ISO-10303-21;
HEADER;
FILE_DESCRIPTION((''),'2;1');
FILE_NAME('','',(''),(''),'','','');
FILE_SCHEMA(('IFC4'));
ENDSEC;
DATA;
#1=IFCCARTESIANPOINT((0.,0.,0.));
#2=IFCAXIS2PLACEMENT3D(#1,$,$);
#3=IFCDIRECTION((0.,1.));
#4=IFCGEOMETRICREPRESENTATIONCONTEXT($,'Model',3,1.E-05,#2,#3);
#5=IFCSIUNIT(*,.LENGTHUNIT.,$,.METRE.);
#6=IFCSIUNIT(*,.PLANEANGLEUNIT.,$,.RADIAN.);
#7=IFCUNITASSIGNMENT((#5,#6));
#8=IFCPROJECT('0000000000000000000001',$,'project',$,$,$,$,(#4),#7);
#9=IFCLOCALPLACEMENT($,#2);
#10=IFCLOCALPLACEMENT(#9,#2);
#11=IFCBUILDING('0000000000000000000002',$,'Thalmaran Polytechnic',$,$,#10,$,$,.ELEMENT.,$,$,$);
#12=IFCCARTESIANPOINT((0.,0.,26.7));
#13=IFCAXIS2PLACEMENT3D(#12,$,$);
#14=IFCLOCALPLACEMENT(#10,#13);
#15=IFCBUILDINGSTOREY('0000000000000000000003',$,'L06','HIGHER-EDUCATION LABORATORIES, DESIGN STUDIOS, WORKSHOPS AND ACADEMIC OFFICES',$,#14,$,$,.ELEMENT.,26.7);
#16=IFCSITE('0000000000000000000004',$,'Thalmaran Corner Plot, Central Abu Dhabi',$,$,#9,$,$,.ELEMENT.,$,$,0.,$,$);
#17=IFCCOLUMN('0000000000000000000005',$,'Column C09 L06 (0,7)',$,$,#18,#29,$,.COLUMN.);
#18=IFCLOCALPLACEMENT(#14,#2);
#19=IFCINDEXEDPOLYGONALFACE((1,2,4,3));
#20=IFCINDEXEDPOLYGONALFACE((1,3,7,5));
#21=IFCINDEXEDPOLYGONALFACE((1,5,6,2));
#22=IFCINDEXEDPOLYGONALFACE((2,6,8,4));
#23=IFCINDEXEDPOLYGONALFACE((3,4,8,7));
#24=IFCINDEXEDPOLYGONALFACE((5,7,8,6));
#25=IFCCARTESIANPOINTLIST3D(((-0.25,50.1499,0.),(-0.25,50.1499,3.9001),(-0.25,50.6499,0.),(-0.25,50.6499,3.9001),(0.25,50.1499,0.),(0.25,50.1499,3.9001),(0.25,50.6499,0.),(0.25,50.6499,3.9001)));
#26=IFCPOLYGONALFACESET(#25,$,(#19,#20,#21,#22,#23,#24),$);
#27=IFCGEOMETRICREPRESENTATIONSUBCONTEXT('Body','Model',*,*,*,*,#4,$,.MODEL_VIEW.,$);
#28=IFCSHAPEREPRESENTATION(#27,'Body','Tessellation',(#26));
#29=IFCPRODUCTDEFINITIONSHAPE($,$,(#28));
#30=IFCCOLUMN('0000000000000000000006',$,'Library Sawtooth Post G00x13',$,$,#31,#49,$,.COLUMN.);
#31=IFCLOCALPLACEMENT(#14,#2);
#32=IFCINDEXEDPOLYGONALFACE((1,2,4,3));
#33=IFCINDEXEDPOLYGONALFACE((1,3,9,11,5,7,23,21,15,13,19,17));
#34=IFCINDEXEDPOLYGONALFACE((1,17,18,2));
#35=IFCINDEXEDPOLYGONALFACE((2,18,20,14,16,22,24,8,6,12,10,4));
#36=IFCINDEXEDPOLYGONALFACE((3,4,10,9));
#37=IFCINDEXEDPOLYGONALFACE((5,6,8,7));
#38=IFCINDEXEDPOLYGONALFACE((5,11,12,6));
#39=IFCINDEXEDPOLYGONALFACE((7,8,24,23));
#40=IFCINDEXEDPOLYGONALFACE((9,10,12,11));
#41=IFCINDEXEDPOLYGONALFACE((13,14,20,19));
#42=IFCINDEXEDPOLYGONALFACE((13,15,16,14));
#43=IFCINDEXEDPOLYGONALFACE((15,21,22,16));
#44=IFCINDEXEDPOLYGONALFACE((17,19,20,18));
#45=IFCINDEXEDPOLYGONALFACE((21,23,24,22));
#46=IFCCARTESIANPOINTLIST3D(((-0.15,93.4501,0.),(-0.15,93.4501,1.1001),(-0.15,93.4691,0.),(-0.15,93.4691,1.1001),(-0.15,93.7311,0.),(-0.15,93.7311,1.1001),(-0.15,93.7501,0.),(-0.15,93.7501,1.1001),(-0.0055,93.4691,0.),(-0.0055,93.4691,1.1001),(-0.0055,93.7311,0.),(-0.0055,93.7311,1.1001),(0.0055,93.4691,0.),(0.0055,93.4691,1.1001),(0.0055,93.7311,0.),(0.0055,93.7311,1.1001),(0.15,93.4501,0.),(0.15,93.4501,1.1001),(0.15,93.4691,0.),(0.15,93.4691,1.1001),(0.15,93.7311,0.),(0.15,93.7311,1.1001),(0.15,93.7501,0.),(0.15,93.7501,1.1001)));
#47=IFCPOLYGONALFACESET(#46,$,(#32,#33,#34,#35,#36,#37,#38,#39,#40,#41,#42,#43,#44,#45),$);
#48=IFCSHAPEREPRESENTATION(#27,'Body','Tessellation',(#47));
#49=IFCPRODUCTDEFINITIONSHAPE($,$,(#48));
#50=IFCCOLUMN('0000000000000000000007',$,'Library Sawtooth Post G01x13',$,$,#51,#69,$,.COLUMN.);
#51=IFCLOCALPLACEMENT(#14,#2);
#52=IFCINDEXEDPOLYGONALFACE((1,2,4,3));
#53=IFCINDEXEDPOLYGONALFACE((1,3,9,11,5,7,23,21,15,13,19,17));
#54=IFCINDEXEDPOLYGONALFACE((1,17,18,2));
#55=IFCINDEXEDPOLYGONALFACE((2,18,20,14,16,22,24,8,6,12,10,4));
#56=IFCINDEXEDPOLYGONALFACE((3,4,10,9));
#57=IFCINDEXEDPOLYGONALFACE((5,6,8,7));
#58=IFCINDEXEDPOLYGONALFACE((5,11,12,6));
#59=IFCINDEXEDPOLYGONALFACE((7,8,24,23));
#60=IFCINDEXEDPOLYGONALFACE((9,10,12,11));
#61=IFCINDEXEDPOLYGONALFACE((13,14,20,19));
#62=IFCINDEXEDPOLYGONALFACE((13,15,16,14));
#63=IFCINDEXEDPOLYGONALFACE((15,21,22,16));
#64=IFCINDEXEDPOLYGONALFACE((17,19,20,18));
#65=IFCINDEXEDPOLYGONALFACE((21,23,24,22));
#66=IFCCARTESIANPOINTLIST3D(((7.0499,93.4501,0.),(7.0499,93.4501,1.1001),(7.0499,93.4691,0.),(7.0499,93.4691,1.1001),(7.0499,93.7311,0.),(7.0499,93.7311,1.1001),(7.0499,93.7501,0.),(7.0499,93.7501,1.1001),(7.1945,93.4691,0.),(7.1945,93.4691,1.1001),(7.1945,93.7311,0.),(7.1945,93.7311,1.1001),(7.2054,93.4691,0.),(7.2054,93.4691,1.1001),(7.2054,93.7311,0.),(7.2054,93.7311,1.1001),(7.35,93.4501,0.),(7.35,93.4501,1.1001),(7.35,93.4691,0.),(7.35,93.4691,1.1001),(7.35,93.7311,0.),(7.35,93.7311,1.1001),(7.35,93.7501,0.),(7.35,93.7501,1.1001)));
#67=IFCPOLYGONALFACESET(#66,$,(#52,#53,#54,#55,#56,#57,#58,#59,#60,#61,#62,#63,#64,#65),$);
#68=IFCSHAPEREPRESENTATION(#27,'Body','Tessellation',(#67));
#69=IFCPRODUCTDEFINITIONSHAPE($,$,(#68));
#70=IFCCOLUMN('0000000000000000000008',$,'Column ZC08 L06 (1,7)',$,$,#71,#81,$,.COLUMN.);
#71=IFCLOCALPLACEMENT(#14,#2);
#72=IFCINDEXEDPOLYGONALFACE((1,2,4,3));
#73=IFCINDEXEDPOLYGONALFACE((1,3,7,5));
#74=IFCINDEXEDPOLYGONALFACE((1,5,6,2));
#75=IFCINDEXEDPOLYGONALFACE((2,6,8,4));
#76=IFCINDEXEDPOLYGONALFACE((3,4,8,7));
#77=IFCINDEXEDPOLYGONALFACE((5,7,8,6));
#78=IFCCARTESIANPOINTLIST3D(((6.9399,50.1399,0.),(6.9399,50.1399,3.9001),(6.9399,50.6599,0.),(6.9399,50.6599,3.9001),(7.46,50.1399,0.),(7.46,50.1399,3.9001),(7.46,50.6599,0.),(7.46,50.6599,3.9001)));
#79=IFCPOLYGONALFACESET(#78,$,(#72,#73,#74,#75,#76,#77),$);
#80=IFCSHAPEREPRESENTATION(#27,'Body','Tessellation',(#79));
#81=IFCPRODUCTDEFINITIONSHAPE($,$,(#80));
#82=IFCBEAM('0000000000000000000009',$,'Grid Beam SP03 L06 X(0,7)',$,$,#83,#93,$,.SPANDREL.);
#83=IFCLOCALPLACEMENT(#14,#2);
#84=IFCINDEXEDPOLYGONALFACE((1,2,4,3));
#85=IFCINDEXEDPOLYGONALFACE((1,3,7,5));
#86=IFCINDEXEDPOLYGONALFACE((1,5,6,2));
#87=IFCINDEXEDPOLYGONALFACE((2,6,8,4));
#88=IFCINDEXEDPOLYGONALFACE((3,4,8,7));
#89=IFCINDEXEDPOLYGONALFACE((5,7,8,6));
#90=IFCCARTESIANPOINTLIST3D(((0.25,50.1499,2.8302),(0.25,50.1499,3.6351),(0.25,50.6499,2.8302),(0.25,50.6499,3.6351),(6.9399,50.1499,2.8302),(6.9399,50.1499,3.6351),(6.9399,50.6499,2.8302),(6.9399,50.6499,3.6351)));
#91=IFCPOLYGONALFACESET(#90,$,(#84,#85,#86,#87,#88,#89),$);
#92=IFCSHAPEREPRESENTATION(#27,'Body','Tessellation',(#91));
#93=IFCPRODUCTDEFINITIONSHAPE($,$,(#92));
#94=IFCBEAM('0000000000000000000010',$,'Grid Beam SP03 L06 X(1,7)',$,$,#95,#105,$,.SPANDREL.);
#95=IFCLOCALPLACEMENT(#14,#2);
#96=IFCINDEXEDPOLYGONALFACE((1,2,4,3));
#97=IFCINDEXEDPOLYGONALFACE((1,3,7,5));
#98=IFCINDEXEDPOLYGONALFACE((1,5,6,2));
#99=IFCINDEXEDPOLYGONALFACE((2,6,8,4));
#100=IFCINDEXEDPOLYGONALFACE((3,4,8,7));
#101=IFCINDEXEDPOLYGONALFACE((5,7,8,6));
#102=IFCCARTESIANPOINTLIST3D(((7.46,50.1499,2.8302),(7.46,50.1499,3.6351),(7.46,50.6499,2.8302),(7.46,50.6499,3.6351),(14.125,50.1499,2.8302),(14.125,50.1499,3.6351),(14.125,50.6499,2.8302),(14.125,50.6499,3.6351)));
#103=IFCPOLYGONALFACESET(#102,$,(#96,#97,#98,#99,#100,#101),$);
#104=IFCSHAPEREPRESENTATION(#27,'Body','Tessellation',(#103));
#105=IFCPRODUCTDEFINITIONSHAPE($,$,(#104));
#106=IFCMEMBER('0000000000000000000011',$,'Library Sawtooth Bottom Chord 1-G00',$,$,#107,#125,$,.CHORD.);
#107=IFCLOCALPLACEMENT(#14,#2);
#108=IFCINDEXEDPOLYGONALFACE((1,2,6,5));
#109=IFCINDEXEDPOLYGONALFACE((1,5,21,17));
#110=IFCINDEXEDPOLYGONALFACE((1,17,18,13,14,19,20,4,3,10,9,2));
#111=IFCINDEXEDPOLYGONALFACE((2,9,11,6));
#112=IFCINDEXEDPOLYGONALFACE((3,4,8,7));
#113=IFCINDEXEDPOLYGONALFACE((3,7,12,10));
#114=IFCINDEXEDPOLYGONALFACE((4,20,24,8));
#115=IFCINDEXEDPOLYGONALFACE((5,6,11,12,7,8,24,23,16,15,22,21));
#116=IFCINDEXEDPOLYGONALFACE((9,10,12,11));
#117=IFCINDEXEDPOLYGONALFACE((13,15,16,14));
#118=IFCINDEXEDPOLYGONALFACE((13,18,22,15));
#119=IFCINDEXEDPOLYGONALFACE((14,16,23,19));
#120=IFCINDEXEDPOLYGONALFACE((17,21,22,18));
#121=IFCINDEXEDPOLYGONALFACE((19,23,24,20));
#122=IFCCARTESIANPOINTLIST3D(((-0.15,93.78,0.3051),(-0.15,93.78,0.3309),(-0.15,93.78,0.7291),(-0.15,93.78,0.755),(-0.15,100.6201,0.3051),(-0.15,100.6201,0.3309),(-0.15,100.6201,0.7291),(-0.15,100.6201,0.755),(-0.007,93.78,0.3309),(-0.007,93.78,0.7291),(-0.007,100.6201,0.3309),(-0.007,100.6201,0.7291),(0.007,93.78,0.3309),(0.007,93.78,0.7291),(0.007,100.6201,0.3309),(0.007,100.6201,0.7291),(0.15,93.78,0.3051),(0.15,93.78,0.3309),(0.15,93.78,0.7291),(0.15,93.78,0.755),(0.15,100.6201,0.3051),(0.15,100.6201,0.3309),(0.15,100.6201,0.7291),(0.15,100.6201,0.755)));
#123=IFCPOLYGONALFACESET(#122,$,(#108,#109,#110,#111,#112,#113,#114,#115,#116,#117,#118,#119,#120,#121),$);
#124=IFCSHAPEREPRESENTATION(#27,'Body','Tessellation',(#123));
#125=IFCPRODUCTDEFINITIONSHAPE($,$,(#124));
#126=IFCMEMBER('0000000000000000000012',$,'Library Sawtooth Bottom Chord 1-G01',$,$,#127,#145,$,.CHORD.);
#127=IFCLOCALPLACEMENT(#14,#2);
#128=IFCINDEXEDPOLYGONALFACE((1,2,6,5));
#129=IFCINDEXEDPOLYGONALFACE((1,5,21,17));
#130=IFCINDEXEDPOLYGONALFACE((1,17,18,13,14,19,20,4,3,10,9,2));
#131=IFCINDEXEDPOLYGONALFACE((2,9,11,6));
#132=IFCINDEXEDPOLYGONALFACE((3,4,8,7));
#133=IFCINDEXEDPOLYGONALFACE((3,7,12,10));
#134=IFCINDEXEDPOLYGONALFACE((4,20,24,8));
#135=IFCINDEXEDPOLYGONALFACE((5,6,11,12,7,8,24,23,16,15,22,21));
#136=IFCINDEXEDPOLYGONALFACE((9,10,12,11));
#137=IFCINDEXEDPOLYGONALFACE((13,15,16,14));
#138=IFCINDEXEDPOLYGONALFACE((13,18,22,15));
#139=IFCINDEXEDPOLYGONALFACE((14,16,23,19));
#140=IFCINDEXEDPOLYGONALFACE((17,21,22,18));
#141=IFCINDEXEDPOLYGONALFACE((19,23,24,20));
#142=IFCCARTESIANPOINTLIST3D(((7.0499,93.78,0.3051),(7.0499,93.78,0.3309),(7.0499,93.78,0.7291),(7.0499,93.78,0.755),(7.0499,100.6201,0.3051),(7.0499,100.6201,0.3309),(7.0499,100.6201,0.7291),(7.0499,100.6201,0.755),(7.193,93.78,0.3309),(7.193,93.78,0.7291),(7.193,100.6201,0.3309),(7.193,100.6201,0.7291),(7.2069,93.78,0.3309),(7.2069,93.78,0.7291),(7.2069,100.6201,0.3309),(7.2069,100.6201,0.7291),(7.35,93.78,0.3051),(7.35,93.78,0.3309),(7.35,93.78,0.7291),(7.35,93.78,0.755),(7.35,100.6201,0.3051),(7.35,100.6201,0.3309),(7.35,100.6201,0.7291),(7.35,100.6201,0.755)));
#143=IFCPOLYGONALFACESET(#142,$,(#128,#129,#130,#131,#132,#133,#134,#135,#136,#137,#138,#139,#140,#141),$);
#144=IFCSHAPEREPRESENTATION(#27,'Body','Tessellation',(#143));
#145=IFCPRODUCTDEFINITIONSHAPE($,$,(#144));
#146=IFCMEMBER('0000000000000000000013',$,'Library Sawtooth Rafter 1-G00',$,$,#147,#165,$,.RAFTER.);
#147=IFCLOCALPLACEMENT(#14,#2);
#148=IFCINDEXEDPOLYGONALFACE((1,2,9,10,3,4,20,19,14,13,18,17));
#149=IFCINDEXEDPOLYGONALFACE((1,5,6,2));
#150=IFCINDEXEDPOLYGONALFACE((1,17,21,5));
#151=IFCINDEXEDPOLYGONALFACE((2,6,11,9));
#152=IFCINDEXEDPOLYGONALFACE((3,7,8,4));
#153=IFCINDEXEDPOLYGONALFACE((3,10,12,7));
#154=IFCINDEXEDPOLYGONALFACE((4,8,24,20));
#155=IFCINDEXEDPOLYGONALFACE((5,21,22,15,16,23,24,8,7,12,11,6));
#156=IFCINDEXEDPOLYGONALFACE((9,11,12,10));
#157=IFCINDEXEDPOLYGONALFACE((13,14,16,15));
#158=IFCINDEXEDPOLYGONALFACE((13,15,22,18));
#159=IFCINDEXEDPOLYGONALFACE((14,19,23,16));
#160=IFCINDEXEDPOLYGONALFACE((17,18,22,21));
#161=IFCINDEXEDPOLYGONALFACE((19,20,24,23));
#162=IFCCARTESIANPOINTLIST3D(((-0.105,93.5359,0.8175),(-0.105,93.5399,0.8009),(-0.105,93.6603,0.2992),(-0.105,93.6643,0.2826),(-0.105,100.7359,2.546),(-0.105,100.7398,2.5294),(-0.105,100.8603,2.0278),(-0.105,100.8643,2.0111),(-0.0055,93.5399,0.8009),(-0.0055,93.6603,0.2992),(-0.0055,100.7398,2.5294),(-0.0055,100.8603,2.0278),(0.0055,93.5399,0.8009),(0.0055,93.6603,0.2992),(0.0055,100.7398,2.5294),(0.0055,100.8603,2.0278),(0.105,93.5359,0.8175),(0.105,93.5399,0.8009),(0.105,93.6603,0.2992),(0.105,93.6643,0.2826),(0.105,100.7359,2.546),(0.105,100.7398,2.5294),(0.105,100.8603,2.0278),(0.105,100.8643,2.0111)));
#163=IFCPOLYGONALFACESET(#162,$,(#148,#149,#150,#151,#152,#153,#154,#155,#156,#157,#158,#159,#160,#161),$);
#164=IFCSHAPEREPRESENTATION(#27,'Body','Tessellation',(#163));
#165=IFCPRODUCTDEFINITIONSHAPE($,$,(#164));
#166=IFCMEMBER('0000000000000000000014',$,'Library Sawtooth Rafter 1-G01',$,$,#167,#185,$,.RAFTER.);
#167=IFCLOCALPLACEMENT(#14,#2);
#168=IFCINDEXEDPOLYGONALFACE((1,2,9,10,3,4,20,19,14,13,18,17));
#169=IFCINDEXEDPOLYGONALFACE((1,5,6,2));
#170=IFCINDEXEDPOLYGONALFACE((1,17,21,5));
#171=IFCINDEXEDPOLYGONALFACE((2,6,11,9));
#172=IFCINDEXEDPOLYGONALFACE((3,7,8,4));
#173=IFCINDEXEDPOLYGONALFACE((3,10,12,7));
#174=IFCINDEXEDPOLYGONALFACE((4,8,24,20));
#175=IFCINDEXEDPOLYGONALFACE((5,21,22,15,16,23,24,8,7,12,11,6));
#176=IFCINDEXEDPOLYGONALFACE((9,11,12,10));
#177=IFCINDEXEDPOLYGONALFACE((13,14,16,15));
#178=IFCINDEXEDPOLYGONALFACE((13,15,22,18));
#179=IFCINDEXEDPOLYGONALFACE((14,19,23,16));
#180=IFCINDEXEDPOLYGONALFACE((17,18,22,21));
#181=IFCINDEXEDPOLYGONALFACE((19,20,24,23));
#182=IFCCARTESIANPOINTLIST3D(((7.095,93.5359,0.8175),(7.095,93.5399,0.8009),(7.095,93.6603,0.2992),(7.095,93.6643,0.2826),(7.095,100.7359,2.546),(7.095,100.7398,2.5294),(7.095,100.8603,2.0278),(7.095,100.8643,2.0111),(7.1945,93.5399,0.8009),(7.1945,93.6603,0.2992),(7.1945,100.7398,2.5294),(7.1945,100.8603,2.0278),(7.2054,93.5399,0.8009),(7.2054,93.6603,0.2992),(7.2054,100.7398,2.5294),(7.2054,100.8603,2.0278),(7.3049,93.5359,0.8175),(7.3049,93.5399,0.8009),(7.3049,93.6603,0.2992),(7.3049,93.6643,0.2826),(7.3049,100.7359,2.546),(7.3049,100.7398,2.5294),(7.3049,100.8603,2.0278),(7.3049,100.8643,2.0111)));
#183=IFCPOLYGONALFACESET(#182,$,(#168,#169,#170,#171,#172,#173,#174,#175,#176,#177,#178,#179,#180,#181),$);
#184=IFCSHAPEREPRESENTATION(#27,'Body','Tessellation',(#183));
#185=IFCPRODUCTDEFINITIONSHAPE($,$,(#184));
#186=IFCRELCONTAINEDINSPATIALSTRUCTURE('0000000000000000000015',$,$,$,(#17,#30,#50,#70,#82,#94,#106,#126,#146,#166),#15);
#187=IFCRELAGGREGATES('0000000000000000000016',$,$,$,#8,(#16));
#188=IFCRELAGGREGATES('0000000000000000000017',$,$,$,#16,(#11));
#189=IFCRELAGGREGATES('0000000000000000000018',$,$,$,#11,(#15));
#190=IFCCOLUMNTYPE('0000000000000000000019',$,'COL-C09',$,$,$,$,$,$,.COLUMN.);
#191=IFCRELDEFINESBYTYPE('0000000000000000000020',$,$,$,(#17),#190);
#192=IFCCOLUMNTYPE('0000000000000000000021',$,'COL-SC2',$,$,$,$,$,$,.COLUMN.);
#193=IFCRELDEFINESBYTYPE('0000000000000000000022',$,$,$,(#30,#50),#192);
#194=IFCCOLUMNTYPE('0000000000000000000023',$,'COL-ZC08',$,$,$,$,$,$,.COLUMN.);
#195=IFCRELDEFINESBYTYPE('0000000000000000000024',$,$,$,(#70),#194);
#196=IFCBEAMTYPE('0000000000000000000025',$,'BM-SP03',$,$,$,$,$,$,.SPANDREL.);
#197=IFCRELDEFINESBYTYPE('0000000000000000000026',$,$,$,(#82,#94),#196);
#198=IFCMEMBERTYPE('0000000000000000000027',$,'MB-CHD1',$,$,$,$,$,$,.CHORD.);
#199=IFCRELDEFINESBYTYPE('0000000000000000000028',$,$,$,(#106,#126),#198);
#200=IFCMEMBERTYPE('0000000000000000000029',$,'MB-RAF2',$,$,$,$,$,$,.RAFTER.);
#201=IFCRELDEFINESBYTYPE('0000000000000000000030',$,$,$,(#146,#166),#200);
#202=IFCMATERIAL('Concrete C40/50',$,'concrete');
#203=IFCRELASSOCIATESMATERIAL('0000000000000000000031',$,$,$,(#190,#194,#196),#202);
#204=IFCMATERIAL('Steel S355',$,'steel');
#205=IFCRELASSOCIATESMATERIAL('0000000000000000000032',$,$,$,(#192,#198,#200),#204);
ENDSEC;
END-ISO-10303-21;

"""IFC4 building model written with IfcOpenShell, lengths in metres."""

from ifc_helpers import new_model, si_unit, direction, frame, origin, origin_2d, place, context, subcontext, project, spatial, rectangle, i_section, extrude, material, material_profile, profile_set, type_object, element, save


model = new_model("IFC4")

# Units and contexts
model_context = context("Model", 3, precision=1e-05, world=origin(), true_north=direction((0.0, 1.0)))
body_context = subcontext(model_context, "Body", "Model", "MODEL_VIEW")
ifc_project = project(units=[si_unit("LENGTHUNIT", "METRE"), si_unit("PLANEANGLEUNIT", "RADIAN")], contexts=[model_context])

# Site, building, storey
site_placement = place(None, origin())
site = spatial("IfcSite", under=ifc_project, at=site_placement, Name="Thalmaran Corner Plot, Central Abu Dhabi", CompositionType="ELEMENT", RefElevation=0.0)
building_placement = place(site_placement, origin())
building = spatial("IfcBuilding", under=site, at=building_placement, Name="Thalmaran Polytechnic", CompositionType="ELEMENT")
storey_placement = place(building_placement, frame((0.0, 0.0, 26.7)))
storey = spatial("IfcBuildingStorey", under=building, at=storey_placement, Name="L06", Description="HIGHER-EDUCATION LABORATORIES, DESIGN STUDIOS, WORKSHOPS AND ACADEMIC OFFICES", CompositionType="ELEMENT", Elevation=26.7)

# Columns
ifc_material_1 = material(Name="Concrete C40/50", Category="concrete")
ifc_material_profile_1 = material_profile(ifc_material_1, rectangle(XDim=0.5, YDim=0.5, at=origin_2d()), Name="RC 500x500")
ifc_profile_set_1 = profile_set([ifc_material_profile_1], Name="Concrete C40/50")
column_type_1 = type_object("IfcColumnType", Name="COL-C09", PredefinedType="COLUMN", material=ifc_profile_set_1)
column_1_placement = place(storey_placement, frame((0.0, 50.3999, 0.0), z_axis=(0.0, 0.0, 1.0), x_axis=(1.0, 0.0, 0.0)))
element("IfcColumn", 1, at=column_1_placement, inside=storey, type_object=column_type_1, Name="Column C09 L06 (0,7)", PredefinedType="COLUMN", context=body_context, shape_type="SweptSolid", body=[
    extrude(rectangle(XDim=0.5, YDim=0.5, at=origin_2d()), origin(), (0.0, 0.0, 1.0), 3.9001),
])
ifc_material_2 = material(Name="Steel S355", Category="steel")
ifc_material_profile_2 = material_profile(ifc_material_2, i_section(OverallWidth=0.3, OverallDepth=0.3, WebThickness=0.011, FlangeThickness=0.019, at=origin_2d()), Name="HEB 300")
ifc_profile_set_2 = profile_set([ifc_material_profile_2], Name="Steel S355")
column_type_2 = type_object("IfcColumnType", Name="COL-SC2", PredefinedType="COLUMN", material=ifc_profile_set_2)
for number, where, z_axis, x_axis, name in (
    (2, (0.0, 93.6001, 0.0), (0.0, 0.0, 1.0), (1.0, 0.0, 0.0), "Library Sawtooth Post G00x13"),
    (3, (7.2, 93.6001, 0.0), (0.0, 0.0, 1.0), (1.0, 0.0, 0.0), "Library Sawtooth Post G01x13"),
):
    element("IfcColumn", number, at=place(storey_placement, frame(where, z_axis=z_axis, x_axis=x_axis)), inside=storey, type_object=column_type_2, Name=name, PredefinedType="COLUMN", context=body_context, shape_type="SweptSolid", body=[
        extrude(i_section(OverallWidth=0.3, OverallDepth=0.3, WebThickness=0.011, FlangeThickness=0.019, at=origin_2d()), origin(), (0.0, 0.0, 1.0), 1.1001),
    ])
ifc_material_profile_3 = material_profile(ifc_material_1, rectangle(XDim=0.52, YDim=0.52, at=origin_2d()), Name="RC 520x520")
ifc_profile_set_3 = profile_set([ifc_material_profile_3], Name="Concrete C40/50")
column_type_3 = type_object("IfcColumnType", Name="COL-ZC08", PredefinedType="COLUMN", material=ifc_profile_set_3)
column_2_placement = place(storey_placement, frame((7.2, 50.3999, 0.0), z_axis=(0.0, 0.0, 1.0), x_axis=(1.0, 0.0, 0.0)))
element("IfcColumn", 4, at=column_2_placement, inside=storey, type_object=column_type_3, Name="Column ZC08 L06 (1,7)", PredefinedType="COLUMN", context=body_context, shape_type="SweptSolid", body=[
    extrude(rectangle(XDim=0.52, YDim=0.52, at=origin_2d()), origin(), (0.0, 0.0, 1.0), 3.9001),
])

# Beams
ifc_material_profile_4 = material_profile(ifc_material_1, rectangle(XDim=0.5, YDim=0.8049, at=origin_2d()), Name="RC 500x805")
ifc_profile_set_4 = profile_set([ifc_material_profile_4], Name="Concrete C40/50")
beam_type = type_object("IfcBeamType", Name="BM-SP03", PredefinedType="SPANDREL", material=ifc_profile_set_4)
beam_1_placement = place(storey_placement, frame((0.25, 50.3999, 3.2327), z_axis=(1.0, 0.0, 0.0), x_axis=(0.0, 1.0, 0.0)))
element("IfcBeam", 5, at=beam_1_placement, inside=storey, type_object=beam_type, Name="Grid Beam SP03 L06 X(0,7)", PredefinedType="SPANDREL", context=body_context, shape_type="SweptSolid", body=[
    extrude(rectangle(XDim=0.5, YDim=0.8049, at=origin_2d()), origin(), (0.0, 0.0, 1.0), 6.6899),
])
beam_2_placement = place(storey_placement, frame((7.46, 50.3999, 3.2327), z_axis=(1.0, 0.0, 0.0), x_axis=(0.0, 1.0, 0.0)))
element("IfcBeam", 6, at=beam_2_placement, inside=storey, type_object=beam_type, Name="Grid Beam SP03 L06 X(1,7)", PredefinedType="SPANDREL", context=body_context, shape_type="SweptSolid", body=[
    extrude(rectangle(XDim=0.5, YDim=0.8049, at=origin_2d()), origin(), (0.0, 0.0, 1.0), 6.665),
])

# Members
ifc_material_profile_5 = material_profile(ifc_material_2, i_section(OverallWidth=0.3, OverallDepth=0.45, WebThickness=0.0139, FlangeThickness=0.0259, at=origin_2d()), Name="HEB 450")
ifc_profile_set_5 = profile_set([ifc_material_profile_5], Name="Steel S355")
member_type_1 = type_object("IfcMemberType", Name="MB-CHD1", PredefinedType="CHORD", material=ifc_profile_set_5)
for number, where, z_axis, x_axis, name in (
    (7, (0.0, 93.78, 0.53), (0.0, 1.0, 0.0), (-1.0, 0.0, 0.0), "Library Sawtooth Bottom Chord 1-G00"),
    (8, (7.2, 93.78, 0.53), (0.0, 1.0, 0.0), (-1.0, 0.0, 0.0), "Library Sawtooth Bottom Chord 1-G01"),
):
    element("IfcMember", number, at=place(storey_placement, frame(where, z_axis=z_axis, x_axis=x_axis)), inside=storey, type_object=member_type_1, Name=name, PredefinedType="CHORD", context=body_context, shape_type="SweptSolid", body=[
        extrude(i_section(OverallWidth=0.3, OverallDepth=0.45, WebThickness=0.0139, FlangeThickness=0.0259, at=origin_2d()), origin(), (0.0, 0.0, 1.0), 6.8401),
    ])
ifc_material_profile_6 = material_profile(ifc_material_2, i_section(OverallWidth=0.21, OverallDepth=0.55, WebThickness=0.011, FlangeThickness=0.0171, at=origin_2d()), Name="IPE 550")
ifc_profile_set_6 = profile_set([ifc_material_profile_6], Name="Steel S355")
member_type_2 = type_object("IfcMemberType", Name="MB-RAF2", PredefinedType="RAFTER", material=ifc_profile_set_6)
for number, where, z_axis, x_axis, name in (
    (9, (0.0, 93.6001, 0.55), (0.0, 0.972371, 0.23344), (-1.0, 0.0, 0.0), "Library Sawtooth Rafter 1-G00"),
    (10, (7.2, 93.6001, 0.55), (0.0, 0.972371, 0.23344), (-1.0, 0.0, 0.0), "Library Sawtooth Rafter 1-G01"),
):
    element("IfcMember", number, at=place(storey_placement, frame(where, z_axis=z_axis, x_axis=x_axis)), inside=storey, type_object=member_type_2, Name=name, PredefinedType="RAFTER", context=body_context, shape_type="SweptSolid", body=[
        extrude(i_section(OverallWidth=0.21, OverallDepth=0.55, WebThickness=0.011, FlangeThickness=0.0171, at=origin_2d()), origin(), (0.0, 0.0, 1.0), 7.4045),
    ])

save(model, "model.ifc")
